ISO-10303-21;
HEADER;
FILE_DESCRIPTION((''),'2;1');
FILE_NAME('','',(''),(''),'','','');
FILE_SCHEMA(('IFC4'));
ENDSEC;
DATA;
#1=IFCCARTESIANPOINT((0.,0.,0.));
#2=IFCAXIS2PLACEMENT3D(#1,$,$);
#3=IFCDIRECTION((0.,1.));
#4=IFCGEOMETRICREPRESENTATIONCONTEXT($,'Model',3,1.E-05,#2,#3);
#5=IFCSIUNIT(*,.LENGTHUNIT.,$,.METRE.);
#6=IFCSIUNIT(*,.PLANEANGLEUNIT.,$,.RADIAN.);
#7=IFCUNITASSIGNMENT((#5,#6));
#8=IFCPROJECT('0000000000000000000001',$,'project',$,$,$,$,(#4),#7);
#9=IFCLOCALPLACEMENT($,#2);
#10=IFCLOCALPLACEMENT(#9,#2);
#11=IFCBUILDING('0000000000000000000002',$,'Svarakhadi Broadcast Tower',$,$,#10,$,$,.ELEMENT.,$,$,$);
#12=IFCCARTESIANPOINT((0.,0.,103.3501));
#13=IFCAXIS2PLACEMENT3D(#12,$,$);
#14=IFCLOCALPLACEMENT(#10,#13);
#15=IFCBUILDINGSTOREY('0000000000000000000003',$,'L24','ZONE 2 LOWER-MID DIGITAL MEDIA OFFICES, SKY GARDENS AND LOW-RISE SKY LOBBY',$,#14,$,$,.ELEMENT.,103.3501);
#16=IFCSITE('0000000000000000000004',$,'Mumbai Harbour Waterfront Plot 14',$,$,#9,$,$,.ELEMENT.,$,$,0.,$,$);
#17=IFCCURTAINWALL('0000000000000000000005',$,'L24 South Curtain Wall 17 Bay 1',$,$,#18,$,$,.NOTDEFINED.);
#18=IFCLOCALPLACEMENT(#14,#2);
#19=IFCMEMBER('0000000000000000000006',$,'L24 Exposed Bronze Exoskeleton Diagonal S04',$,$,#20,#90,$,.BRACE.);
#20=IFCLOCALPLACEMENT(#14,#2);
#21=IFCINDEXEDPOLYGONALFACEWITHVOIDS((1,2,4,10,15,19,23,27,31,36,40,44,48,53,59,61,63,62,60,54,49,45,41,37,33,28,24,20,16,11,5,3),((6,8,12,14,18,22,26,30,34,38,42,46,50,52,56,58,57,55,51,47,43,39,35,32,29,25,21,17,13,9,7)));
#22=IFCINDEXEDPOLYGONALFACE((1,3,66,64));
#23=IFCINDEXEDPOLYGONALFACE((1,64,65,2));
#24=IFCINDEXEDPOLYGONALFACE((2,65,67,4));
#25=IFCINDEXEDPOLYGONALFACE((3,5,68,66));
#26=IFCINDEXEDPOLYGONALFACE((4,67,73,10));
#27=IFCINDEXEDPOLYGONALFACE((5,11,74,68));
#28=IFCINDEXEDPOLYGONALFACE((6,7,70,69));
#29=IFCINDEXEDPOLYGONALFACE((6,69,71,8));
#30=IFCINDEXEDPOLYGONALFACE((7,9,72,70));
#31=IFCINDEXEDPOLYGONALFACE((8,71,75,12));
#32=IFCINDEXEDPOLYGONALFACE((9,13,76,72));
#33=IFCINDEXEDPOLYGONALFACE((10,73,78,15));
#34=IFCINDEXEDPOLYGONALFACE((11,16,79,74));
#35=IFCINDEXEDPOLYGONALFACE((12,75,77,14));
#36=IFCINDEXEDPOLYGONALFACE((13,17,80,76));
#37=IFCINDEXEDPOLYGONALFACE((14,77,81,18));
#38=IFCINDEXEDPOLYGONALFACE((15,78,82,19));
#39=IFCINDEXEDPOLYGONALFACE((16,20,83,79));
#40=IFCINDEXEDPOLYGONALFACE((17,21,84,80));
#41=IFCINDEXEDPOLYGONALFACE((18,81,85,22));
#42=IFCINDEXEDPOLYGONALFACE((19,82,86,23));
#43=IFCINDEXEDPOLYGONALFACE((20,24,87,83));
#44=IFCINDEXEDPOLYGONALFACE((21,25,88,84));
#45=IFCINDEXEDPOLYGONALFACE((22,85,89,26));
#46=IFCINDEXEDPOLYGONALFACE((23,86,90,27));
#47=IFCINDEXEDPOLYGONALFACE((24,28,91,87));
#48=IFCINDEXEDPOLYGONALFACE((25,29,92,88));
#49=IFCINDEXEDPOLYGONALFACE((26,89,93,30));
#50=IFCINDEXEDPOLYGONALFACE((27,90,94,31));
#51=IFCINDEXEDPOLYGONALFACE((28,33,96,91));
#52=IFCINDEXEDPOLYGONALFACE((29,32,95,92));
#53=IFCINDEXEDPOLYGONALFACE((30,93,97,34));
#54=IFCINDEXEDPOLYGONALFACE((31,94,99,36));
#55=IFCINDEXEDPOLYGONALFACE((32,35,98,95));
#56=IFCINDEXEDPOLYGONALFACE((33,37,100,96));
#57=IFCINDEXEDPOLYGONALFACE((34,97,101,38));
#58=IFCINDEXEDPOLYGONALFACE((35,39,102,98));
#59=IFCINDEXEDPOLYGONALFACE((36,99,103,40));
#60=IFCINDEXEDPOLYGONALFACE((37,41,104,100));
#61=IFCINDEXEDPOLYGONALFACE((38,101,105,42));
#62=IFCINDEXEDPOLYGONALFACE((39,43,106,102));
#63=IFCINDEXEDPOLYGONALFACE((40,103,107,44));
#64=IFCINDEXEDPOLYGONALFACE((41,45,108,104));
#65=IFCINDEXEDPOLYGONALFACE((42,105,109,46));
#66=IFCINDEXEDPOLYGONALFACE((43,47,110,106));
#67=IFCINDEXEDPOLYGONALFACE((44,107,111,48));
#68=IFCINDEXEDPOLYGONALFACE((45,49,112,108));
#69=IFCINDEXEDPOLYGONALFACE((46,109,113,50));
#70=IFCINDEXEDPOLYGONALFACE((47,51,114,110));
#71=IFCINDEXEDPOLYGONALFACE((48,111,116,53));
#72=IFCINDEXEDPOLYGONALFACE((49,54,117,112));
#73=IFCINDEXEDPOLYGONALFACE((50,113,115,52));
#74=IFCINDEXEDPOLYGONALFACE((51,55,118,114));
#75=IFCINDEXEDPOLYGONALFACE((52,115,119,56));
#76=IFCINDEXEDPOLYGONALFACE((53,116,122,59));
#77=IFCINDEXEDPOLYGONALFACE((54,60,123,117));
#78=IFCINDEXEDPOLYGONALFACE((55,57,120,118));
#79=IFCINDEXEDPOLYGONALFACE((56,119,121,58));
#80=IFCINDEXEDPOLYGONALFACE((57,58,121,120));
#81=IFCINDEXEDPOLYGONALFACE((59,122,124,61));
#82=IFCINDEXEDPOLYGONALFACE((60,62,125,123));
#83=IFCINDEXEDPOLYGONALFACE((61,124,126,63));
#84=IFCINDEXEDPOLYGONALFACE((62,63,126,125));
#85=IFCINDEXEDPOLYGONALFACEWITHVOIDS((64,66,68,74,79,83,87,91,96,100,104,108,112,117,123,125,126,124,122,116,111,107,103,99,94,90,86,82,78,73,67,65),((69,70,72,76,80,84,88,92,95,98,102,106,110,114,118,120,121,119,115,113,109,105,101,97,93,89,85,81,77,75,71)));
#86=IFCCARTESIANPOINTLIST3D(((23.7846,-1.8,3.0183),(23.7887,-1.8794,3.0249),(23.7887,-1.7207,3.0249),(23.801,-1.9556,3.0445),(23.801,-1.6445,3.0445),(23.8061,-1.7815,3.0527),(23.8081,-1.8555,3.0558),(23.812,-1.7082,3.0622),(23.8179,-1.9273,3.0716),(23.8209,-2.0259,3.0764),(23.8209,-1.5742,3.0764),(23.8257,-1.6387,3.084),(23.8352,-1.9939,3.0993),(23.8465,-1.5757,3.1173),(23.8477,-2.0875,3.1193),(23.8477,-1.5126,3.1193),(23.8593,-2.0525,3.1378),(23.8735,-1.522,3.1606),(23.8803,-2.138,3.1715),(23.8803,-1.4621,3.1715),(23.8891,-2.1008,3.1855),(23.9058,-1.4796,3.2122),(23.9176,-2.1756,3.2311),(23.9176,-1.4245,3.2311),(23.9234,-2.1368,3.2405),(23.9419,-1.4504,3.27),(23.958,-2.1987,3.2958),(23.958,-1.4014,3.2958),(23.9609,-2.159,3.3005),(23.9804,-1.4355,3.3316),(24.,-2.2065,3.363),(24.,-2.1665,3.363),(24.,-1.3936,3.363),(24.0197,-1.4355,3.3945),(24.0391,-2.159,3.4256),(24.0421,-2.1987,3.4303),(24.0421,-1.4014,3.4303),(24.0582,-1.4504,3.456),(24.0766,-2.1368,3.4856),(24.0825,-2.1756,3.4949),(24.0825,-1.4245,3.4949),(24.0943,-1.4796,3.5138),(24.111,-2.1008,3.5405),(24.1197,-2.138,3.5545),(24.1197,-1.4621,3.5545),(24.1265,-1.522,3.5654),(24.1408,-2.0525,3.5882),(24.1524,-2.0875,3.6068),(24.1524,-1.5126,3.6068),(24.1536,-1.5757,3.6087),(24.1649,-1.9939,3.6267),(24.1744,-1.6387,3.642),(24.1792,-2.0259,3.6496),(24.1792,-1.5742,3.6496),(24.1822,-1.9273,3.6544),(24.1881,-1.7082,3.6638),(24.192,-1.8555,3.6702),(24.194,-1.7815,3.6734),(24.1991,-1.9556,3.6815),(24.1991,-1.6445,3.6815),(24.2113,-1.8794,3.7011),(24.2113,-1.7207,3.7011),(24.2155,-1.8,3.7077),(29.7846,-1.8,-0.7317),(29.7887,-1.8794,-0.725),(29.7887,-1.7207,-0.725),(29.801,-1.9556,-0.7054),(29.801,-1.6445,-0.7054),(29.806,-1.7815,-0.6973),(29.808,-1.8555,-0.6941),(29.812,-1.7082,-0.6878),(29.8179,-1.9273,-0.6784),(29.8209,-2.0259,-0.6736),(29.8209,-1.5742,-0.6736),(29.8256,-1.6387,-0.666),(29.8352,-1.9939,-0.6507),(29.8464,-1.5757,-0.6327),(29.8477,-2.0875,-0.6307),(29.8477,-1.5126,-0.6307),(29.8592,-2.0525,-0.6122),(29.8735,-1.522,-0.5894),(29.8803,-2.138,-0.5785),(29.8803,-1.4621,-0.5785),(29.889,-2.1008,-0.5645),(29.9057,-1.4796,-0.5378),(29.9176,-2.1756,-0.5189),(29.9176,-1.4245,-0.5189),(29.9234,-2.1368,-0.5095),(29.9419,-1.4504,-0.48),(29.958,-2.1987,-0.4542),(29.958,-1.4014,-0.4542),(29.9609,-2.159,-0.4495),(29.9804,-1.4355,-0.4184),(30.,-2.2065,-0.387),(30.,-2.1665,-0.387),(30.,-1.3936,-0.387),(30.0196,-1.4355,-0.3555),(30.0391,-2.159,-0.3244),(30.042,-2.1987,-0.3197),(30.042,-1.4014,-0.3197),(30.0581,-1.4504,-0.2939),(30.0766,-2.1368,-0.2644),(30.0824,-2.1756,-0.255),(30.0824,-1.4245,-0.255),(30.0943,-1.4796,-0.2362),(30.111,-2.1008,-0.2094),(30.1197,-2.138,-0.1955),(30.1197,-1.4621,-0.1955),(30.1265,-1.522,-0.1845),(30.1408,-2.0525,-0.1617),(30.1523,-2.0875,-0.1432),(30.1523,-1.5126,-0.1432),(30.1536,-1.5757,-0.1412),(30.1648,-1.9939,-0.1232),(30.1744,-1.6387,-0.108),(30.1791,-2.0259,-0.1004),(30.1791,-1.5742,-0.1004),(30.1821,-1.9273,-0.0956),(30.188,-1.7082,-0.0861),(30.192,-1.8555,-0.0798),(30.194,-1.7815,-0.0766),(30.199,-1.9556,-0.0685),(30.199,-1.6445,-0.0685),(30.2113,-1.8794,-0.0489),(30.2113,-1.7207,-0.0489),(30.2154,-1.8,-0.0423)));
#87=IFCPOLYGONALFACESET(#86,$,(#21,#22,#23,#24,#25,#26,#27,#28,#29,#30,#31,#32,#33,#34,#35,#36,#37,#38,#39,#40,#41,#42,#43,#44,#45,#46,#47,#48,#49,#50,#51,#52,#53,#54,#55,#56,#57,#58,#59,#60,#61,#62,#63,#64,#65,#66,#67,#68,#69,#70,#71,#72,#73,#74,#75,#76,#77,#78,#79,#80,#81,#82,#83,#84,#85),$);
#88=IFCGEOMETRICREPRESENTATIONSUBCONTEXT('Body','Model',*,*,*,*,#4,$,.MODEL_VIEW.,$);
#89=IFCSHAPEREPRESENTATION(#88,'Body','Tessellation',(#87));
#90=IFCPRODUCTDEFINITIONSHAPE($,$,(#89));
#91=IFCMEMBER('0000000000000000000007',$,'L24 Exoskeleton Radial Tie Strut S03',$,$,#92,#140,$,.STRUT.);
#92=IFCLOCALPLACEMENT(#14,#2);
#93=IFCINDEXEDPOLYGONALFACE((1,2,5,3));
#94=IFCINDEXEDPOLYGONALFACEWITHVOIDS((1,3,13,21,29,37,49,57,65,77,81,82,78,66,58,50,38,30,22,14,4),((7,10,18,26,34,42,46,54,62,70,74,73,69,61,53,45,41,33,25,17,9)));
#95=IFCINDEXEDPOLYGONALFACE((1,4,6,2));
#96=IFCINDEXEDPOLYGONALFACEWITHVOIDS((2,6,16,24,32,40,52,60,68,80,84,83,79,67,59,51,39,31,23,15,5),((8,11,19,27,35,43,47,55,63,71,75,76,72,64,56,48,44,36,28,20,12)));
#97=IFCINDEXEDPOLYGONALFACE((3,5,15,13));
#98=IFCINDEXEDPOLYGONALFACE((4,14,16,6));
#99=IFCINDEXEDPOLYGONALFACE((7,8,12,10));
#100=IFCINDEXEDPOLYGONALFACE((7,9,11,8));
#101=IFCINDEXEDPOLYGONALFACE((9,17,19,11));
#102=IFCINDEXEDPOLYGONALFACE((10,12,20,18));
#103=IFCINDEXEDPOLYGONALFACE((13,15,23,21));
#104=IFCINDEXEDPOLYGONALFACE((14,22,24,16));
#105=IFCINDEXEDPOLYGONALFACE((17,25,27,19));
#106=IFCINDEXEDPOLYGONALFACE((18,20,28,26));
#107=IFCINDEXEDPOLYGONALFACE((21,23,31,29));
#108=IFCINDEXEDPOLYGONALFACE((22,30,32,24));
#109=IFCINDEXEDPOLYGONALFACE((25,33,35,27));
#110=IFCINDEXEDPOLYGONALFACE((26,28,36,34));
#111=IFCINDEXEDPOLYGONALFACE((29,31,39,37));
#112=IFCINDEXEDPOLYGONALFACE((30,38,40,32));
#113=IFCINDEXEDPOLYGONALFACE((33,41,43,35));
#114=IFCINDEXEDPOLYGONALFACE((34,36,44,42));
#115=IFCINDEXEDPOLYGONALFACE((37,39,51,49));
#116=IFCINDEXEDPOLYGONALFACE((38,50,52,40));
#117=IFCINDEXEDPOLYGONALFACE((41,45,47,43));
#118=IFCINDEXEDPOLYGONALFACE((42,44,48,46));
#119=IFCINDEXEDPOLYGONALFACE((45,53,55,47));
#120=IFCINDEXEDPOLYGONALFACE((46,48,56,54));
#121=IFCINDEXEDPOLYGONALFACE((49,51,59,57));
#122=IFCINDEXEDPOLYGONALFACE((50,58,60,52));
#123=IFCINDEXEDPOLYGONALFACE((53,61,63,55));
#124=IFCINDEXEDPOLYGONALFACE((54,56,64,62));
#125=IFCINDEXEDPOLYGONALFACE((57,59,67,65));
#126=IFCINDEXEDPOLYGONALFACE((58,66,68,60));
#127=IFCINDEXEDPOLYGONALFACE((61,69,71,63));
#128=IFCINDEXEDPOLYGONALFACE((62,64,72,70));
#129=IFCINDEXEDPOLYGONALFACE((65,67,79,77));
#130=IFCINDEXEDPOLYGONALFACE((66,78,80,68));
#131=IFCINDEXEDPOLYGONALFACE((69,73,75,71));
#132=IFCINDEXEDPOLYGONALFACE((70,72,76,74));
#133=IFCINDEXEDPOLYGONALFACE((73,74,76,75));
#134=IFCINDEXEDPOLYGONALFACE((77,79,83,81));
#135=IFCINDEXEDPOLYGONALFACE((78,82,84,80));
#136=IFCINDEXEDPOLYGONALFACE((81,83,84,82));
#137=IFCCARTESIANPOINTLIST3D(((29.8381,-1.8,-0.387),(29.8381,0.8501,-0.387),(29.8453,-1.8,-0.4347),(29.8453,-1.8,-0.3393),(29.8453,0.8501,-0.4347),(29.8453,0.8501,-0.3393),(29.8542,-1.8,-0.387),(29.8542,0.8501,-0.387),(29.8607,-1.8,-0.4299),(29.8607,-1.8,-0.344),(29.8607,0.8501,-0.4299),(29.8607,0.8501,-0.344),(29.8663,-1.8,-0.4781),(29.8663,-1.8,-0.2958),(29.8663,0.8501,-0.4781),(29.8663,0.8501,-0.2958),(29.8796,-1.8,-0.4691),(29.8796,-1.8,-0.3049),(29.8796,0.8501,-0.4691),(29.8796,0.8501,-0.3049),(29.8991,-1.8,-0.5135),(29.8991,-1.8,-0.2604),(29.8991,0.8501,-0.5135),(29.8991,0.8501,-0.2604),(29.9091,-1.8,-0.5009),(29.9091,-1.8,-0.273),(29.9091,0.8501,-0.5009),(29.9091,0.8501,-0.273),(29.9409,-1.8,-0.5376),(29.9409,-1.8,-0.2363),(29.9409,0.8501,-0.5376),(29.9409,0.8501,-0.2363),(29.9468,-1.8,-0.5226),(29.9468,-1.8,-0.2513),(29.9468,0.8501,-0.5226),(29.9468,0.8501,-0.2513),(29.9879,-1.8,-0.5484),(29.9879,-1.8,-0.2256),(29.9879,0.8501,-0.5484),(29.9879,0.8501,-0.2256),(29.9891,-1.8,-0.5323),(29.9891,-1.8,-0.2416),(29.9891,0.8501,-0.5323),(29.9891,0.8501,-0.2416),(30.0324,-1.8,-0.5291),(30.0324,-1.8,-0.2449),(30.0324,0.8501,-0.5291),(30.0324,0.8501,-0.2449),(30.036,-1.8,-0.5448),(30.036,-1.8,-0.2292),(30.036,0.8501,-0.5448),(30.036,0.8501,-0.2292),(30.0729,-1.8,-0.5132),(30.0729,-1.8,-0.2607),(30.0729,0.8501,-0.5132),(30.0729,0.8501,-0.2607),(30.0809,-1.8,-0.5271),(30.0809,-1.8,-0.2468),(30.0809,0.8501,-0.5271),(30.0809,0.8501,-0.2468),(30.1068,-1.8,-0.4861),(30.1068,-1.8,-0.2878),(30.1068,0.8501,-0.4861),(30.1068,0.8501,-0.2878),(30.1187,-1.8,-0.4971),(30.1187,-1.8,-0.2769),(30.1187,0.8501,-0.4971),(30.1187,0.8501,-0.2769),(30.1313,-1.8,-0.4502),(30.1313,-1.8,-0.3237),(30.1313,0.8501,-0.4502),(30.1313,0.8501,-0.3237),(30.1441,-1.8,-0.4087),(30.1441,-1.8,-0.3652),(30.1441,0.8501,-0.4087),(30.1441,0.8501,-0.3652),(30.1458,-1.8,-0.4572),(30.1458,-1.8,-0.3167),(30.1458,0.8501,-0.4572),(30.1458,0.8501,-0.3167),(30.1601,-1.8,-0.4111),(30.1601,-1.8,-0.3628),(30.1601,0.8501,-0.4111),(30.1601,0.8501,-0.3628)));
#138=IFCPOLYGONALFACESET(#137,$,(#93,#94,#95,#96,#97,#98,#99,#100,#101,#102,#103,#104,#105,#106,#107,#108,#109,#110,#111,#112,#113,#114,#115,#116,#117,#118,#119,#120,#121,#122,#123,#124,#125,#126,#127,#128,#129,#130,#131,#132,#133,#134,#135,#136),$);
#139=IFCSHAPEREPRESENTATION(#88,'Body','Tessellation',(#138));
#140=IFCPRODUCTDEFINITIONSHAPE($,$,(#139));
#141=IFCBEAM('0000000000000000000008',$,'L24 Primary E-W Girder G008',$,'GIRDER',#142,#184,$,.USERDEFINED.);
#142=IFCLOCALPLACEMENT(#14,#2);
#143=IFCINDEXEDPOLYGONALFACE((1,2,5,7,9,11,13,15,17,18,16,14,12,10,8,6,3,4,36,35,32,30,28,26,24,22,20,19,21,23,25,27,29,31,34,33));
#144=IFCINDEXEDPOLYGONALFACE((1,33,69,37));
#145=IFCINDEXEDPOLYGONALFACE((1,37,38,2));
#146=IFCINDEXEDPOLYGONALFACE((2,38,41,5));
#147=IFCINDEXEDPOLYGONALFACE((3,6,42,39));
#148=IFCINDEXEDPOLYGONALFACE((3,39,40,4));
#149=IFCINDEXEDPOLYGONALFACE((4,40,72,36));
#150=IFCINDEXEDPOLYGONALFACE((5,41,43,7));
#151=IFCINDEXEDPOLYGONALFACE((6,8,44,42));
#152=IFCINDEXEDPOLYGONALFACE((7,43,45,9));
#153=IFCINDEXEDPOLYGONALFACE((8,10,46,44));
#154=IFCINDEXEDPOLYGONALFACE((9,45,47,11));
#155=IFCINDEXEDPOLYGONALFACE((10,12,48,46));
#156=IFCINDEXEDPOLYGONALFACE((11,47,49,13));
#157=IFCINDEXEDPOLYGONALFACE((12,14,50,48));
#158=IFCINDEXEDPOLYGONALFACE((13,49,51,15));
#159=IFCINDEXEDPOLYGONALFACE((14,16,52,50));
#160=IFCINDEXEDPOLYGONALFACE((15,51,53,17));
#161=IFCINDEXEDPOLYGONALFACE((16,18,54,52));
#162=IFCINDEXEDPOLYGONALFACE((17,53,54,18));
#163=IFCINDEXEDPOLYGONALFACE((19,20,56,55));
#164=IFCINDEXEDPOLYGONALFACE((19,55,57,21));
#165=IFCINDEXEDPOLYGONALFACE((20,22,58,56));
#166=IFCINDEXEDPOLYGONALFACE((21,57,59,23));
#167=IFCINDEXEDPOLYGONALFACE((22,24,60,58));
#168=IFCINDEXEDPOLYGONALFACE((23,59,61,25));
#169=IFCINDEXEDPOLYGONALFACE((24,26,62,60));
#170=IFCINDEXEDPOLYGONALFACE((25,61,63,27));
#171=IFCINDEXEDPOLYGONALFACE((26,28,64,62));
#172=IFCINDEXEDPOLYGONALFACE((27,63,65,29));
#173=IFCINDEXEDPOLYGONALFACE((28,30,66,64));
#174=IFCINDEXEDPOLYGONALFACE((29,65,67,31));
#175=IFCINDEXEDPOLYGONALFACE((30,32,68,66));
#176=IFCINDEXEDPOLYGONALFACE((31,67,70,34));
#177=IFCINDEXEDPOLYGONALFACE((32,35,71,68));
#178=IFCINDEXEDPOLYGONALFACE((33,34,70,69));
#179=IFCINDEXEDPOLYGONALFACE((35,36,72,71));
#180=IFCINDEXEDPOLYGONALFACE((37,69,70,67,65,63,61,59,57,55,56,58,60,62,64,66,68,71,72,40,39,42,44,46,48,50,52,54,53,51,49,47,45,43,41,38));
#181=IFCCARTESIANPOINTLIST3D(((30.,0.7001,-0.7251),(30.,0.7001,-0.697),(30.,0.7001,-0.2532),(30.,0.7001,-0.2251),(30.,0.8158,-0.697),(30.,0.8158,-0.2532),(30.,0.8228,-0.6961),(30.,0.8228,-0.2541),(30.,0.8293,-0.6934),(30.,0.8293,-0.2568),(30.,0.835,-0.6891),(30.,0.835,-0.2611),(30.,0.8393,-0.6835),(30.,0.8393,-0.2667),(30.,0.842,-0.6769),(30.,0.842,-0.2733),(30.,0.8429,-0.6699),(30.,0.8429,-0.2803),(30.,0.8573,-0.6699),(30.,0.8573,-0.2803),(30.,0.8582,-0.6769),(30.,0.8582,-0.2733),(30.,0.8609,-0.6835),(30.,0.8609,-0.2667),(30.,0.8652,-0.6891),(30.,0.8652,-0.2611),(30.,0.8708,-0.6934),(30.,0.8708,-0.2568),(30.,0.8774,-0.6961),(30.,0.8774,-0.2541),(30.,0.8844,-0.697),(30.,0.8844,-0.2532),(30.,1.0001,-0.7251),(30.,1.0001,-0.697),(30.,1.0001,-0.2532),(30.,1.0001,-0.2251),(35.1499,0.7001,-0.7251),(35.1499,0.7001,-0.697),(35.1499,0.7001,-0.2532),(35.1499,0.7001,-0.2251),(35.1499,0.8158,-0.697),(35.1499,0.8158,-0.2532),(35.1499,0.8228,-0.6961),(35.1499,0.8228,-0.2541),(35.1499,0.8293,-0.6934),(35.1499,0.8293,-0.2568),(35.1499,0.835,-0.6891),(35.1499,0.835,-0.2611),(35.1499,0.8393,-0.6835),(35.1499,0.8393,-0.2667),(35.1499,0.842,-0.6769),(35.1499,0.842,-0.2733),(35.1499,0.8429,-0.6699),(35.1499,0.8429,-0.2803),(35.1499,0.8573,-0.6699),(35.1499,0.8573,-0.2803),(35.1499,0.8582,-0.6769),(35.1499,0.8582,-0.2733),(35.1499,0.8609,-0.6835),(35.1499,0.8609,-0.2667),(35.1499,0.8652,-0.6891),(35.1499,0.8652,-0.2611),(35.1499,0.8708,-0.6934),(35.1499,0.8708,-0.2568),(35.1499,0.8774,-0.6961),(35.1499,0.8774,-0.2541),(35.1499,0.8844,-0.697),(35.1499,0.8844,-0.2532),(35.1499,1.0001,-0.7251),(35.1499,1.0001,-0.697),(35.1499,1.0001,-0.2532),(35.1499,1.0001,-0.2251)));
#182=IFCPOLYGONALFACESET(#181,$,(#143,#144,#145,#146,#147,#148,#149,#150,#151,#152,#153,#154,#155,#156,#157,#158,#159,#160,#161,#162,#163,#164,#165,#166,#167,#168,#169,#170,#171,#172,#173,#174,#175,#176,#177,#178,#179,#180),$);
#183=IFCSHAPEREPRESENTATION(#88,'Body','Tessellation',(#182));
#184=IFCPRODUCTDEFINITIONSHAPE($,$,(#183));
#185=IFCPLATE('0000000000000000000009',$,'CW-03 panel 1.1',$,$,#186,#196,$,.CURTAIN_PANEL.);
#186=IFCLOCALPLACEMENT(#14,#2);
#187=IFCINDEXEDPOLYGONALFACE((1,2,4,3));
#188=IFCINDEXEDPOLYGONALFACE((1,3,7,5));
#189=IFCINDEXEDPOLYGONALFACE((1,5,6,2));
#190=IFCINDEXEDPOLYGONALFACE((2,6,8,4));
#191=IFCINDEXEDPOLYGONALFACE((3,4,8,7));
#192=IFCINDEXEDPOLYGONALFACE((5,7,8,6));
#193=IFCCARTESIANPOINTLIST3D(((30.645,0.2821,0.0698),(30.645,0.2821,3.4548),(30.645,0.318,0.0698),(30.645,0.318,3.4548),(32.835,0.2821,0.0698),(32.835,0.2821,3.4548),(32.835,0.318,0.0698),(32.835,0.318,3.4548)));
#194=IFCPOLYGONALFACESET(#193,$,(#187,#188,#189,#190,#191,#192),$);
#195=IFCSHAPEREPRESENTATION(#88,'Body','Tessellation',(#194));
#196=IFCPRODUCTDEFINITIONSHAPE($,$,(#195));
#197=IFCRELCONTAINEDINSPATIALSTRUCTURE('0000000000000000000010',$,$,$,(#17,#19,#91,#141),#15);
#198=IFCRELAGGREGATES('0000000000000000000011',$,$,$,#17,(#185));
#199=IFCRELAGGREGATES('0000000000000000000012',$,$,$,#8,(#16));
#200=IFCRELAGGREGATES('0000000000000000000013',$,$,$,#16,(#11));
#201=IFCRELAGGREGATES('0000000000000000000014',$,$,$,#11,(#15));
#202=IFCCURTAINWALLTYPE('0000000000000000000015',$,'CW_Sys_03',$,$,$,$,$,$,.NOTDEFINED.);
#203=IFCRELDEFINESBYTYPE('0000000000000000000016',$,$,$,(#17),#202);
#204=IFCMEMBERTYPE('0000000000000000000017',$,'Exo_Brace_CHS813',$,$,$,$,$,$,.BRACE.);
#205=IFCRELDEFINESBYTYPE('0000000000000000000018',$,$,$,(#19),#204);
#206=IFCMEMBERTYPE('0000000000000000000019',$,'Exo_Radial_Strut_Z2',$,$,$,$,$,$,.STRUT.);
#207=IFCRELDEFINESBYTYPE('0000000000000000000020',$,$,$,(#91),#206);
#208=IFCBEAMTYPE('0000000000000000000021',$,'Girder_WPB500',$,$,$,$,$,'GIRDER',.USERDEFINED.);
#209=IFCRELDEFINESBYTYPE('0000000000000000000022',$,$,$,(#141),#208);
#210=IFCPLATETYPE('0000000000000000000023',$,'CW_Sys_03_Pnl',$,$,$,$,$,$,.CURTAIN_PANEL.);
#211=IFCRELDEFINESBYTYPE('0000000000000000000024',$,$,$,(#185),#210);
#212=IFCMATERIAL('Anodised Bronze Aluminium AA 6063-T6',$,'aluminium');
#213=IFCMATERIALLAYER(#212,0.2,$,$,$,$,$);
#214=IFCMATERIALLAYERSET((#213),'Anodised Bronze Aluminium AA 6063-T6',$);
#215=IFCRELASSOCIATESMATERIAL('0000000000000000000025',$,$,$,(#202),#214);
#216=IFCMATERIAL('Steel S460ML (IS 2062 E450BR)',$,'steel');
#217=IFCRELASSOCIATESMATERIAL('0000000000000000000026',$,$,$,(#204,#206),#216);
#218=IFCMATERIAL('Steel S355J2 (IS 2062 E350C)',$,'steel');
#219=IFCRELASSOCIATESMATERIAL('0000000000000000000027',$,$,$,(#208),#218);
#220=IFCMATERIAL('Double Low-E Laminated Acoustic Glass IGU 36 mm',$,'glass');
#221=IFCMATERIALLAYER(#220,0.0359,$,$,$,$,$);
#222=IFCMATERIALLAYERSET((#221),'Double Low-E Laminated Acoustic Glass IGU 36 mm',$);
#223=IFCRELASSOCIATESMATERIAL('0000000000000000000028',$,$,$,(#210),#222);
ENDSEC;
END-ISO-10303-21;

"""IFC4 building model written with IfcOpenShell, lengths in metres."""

from ifc_helpers import new_model, si_unit, direction, frame, origin, origin_2d, place, context, subcontext, project, spatial, rectangle, hollow_circle, i_section, extrude, material, layer, layer_set, material_profile, profile_set, type_object, element, aggregate, save


model = new_model("IFC4")

# Units and contexts
model_context = context("Model", 3, precision=1e-05, world=origin(), true_north=direction((0.0, 1.0)))
body_context = subcontext(model_context, "Body", "Model", "MODEL_VIEW")
ifc_project = project(units=[si_unit("LENGTHUNIT", "METRE"), si_unit("PLANEANGLEUNIT", "RADIAN")], contexts=[model_context])

# Site, building, storey
site_placement = place(None, origin())
site = spatial("IfcSite", under=ifc_project, at=site_placement, Name="Mumbai Harbour Waterfront Plot 14", CompositionType="ELEMENT", RefElevation=0.0)
building_placement = place(site_placement, origin())
building = spatial("IfcBuilding", under=site, at=building_placement, Name="Svarakhadi Broadcast Tower", CompositionType="ELEMENT")
storey_placement = place(building_placement, frame((0.0, 0.0, 103.3501)))
storey = spatial("IfcBuildingStorey", under=building, at=storey_placement, Name="L24", Description="ZONE 2 LOWER-MID DIGITAL MEDIA OFFICES, SKY GARDENS AND LOW-RISE SKY LOBBY", CompositionType="ELEMENT", Elevation=103.3501)

# Curtain wall
ifc_material_1 = material(Name="Anodised Bronze Aluminium AA 6063-T6", Category="aluminium")
ifc_layer_1 = layer(ifc_material_1, 0.2)
ifc_layer_set_1 = layer_set([ifc_layer_1], Name="Anodised Bronze Aluminium AA 6063-T6")
curtain_wall_type = type_object("IfcCurtainWallType", Name="CW_Sys_03", PredefinedType="NOTDEFINED", material=ifc_layer_set_1)
curtain_wall_1_placement = place(storey_placement, origin())
curtain_wall_1 = element("IfcCurtainWall", 1, at=curtain_wall_1_placement, inside=storey, type_object=curtain_wall_type, Name="L24 South Curtain Wall 17 Bay 1", PredefinedType="NOTDEFINED")

# Members
ifc_material_2 = material(Name="Steel S460ML (IS 2062 E450BR)", Category="steel")
ifc_material_profile_1 = material_profile(ifc_material_2, hollow_circle(Radius=0.4065, WallThickness=0.04, at=origin_2d()), Name="CHS 813x40")
ifc_profile_set_1 = profile_set([ifc_material_profile_1], Name="Steel S460ML (IS 2062 E450BR)")
member_type_1 = type_object("IfcMemberType", Name="Exo_Brace_CHS813", PredefinedType="BRACE", material=ifc_profile_set_1)
member_1_placement = place(storey_placement, frame((30.0, -1.8, -0.387), z_axis=(-0.847998, 0.0, 0.529999), x_axis=(0.0, -1.0, 0.0)))
element("IfcMember", 2, at=member_1_placement, inside=storey, type_object=member_type_1, Name="L24 Exposed Bronze Exoskeleton Diagonal S04", PredefinedType="BRACE", context=body_context, shape_type="SweptSolid", body=[
    extrude(hollow_circle(Radius=0.4065, WallThickness=0.04, at=origin_2d()), origin(), (0.0, 0.0, 1.0), 7.0754),
])
ifc_material_profile_2 = material_profile(ifc_material_2, hollow_circle(Radius=0.1619, WallThickness=0.0161, at=origin_2d()), Name="CHS 323.9x16")
ifc_profile_set_2 = profile_set([ifc_material_profile_2], Name="Steel S460ML (IS 2062 E450BR)")
member_type_2 = type_object("IfcMemberType", Name="Exo_Radial_Strut_Z2", PredefinedType="STRUT", material=ifc_profile_set_2)
member_2_placement = place(storey_placement, frame((30.0, -1.8, -0.387), z_axis=(0.0, 1.0, 0.0), x_axis=(-1.0, 0.0, 0.0)))
element("IfcMember", 3, at=member_2_placement, inside=storey, type_object=member_type_2, Name="L24 Exoskeleton Radial Tie Strut S03", PredefinedType="STRUT", context=body_context, shape_type="SweptSolid", body=[
    extrude(hollow_circle(Radius=0.1619, WallThickness=0.0161, at=origin_2d()), origin(), (0.0, 0.0, 1.0), 2.6501),
])

# Beam
ifc_material_3 = material(Name="Steel S355J2 (IS 2062 E350C)", Category="steel")
ifc_material_profile_3 = material_profile(ifc_material_3, i_section(OverallWidth=0.3, OverallDepth=0.5, WebThickness=0.0144, FlangeThickness=0.0281, FilletRadius=0.0271, at=origin_2d()), Name="WPB 500x300x187")
ifc_profile_set_3 = profile_set([ifc_material_profile_3], Name="Steel S355J2 (IS 2062 E350C)")
beam_type_1 = type_object("IfcBeamType", Name="Girder_WPB500", ElementType="GIRDER", PredefinedType="USERDEFINED", material=ifc_profile_set_3)
beam_1_placement = place(storey_placement, frame((30.0, 0.8501, -0.4751), z_axis=(1.0, 0.0, 0.0), x_axis=(0.0, 1.0, 0.0)))
element("IfcBeam", 4, at=beam_1_placement, inside=storey, type_object=beam_type_1, Name="L24 Primary E-W Girder G008", ObjectType="GIRDER", PredefinedType="USERDEFINED", context=body_context, shape_type="SweptSolid", body=[
    extrude(i_section(OverallWidth=0.3, OverallDepth=0.5, WebThickness=0.0144, FlangeThickness=0.0281, FilletRadius=0.0271, at=origin_2d()), origin(), (0.0, 0.0, 1.0), 5.1499),
])

# Plate
ifc_material_4 = material(Name="Double Low-E Laminated Acoustic Glass IGU 36 mm", Category="glass")
ifc_layer_2 = layer(ifc_material_4, 0.0359)
ifc_layer_set_2 = layer_set([ifc_layer_2], Name="Double Low-E Laminated Acoustic Glass IGU 36 mm")
plate_type_1 = type_object("IfcPlateType", Name="CW_Sys_03_Pnl", PredefinedType="CURTAIN_PANEL", material=ifc_layer_set_2)
plate_1_placement = place(storey_placement, frame((31.74, 0.3, 0.0698), z_axis=(0.0, 0.0, 1.0), x_axis=(-1.0, 0.0, 0.0)))
plate_1 = element("IfcPlate", 5, at=plate_1_placement, type_object=plate_type_1, Name="CW-03 panel 1.1", PredefinedType="CURTAIN_PANEL", context=body_context, shape_type="SweptSolid", body=[
    extrude(rectangle(XDim=2.1899, YDim=0.0359, at=origin_2d()), origin(), (0.0, 0.0, 1.0), 3.385),
])
aggregate(curtain_wall_1, [plate_1])

save(model, "model.ifc")
